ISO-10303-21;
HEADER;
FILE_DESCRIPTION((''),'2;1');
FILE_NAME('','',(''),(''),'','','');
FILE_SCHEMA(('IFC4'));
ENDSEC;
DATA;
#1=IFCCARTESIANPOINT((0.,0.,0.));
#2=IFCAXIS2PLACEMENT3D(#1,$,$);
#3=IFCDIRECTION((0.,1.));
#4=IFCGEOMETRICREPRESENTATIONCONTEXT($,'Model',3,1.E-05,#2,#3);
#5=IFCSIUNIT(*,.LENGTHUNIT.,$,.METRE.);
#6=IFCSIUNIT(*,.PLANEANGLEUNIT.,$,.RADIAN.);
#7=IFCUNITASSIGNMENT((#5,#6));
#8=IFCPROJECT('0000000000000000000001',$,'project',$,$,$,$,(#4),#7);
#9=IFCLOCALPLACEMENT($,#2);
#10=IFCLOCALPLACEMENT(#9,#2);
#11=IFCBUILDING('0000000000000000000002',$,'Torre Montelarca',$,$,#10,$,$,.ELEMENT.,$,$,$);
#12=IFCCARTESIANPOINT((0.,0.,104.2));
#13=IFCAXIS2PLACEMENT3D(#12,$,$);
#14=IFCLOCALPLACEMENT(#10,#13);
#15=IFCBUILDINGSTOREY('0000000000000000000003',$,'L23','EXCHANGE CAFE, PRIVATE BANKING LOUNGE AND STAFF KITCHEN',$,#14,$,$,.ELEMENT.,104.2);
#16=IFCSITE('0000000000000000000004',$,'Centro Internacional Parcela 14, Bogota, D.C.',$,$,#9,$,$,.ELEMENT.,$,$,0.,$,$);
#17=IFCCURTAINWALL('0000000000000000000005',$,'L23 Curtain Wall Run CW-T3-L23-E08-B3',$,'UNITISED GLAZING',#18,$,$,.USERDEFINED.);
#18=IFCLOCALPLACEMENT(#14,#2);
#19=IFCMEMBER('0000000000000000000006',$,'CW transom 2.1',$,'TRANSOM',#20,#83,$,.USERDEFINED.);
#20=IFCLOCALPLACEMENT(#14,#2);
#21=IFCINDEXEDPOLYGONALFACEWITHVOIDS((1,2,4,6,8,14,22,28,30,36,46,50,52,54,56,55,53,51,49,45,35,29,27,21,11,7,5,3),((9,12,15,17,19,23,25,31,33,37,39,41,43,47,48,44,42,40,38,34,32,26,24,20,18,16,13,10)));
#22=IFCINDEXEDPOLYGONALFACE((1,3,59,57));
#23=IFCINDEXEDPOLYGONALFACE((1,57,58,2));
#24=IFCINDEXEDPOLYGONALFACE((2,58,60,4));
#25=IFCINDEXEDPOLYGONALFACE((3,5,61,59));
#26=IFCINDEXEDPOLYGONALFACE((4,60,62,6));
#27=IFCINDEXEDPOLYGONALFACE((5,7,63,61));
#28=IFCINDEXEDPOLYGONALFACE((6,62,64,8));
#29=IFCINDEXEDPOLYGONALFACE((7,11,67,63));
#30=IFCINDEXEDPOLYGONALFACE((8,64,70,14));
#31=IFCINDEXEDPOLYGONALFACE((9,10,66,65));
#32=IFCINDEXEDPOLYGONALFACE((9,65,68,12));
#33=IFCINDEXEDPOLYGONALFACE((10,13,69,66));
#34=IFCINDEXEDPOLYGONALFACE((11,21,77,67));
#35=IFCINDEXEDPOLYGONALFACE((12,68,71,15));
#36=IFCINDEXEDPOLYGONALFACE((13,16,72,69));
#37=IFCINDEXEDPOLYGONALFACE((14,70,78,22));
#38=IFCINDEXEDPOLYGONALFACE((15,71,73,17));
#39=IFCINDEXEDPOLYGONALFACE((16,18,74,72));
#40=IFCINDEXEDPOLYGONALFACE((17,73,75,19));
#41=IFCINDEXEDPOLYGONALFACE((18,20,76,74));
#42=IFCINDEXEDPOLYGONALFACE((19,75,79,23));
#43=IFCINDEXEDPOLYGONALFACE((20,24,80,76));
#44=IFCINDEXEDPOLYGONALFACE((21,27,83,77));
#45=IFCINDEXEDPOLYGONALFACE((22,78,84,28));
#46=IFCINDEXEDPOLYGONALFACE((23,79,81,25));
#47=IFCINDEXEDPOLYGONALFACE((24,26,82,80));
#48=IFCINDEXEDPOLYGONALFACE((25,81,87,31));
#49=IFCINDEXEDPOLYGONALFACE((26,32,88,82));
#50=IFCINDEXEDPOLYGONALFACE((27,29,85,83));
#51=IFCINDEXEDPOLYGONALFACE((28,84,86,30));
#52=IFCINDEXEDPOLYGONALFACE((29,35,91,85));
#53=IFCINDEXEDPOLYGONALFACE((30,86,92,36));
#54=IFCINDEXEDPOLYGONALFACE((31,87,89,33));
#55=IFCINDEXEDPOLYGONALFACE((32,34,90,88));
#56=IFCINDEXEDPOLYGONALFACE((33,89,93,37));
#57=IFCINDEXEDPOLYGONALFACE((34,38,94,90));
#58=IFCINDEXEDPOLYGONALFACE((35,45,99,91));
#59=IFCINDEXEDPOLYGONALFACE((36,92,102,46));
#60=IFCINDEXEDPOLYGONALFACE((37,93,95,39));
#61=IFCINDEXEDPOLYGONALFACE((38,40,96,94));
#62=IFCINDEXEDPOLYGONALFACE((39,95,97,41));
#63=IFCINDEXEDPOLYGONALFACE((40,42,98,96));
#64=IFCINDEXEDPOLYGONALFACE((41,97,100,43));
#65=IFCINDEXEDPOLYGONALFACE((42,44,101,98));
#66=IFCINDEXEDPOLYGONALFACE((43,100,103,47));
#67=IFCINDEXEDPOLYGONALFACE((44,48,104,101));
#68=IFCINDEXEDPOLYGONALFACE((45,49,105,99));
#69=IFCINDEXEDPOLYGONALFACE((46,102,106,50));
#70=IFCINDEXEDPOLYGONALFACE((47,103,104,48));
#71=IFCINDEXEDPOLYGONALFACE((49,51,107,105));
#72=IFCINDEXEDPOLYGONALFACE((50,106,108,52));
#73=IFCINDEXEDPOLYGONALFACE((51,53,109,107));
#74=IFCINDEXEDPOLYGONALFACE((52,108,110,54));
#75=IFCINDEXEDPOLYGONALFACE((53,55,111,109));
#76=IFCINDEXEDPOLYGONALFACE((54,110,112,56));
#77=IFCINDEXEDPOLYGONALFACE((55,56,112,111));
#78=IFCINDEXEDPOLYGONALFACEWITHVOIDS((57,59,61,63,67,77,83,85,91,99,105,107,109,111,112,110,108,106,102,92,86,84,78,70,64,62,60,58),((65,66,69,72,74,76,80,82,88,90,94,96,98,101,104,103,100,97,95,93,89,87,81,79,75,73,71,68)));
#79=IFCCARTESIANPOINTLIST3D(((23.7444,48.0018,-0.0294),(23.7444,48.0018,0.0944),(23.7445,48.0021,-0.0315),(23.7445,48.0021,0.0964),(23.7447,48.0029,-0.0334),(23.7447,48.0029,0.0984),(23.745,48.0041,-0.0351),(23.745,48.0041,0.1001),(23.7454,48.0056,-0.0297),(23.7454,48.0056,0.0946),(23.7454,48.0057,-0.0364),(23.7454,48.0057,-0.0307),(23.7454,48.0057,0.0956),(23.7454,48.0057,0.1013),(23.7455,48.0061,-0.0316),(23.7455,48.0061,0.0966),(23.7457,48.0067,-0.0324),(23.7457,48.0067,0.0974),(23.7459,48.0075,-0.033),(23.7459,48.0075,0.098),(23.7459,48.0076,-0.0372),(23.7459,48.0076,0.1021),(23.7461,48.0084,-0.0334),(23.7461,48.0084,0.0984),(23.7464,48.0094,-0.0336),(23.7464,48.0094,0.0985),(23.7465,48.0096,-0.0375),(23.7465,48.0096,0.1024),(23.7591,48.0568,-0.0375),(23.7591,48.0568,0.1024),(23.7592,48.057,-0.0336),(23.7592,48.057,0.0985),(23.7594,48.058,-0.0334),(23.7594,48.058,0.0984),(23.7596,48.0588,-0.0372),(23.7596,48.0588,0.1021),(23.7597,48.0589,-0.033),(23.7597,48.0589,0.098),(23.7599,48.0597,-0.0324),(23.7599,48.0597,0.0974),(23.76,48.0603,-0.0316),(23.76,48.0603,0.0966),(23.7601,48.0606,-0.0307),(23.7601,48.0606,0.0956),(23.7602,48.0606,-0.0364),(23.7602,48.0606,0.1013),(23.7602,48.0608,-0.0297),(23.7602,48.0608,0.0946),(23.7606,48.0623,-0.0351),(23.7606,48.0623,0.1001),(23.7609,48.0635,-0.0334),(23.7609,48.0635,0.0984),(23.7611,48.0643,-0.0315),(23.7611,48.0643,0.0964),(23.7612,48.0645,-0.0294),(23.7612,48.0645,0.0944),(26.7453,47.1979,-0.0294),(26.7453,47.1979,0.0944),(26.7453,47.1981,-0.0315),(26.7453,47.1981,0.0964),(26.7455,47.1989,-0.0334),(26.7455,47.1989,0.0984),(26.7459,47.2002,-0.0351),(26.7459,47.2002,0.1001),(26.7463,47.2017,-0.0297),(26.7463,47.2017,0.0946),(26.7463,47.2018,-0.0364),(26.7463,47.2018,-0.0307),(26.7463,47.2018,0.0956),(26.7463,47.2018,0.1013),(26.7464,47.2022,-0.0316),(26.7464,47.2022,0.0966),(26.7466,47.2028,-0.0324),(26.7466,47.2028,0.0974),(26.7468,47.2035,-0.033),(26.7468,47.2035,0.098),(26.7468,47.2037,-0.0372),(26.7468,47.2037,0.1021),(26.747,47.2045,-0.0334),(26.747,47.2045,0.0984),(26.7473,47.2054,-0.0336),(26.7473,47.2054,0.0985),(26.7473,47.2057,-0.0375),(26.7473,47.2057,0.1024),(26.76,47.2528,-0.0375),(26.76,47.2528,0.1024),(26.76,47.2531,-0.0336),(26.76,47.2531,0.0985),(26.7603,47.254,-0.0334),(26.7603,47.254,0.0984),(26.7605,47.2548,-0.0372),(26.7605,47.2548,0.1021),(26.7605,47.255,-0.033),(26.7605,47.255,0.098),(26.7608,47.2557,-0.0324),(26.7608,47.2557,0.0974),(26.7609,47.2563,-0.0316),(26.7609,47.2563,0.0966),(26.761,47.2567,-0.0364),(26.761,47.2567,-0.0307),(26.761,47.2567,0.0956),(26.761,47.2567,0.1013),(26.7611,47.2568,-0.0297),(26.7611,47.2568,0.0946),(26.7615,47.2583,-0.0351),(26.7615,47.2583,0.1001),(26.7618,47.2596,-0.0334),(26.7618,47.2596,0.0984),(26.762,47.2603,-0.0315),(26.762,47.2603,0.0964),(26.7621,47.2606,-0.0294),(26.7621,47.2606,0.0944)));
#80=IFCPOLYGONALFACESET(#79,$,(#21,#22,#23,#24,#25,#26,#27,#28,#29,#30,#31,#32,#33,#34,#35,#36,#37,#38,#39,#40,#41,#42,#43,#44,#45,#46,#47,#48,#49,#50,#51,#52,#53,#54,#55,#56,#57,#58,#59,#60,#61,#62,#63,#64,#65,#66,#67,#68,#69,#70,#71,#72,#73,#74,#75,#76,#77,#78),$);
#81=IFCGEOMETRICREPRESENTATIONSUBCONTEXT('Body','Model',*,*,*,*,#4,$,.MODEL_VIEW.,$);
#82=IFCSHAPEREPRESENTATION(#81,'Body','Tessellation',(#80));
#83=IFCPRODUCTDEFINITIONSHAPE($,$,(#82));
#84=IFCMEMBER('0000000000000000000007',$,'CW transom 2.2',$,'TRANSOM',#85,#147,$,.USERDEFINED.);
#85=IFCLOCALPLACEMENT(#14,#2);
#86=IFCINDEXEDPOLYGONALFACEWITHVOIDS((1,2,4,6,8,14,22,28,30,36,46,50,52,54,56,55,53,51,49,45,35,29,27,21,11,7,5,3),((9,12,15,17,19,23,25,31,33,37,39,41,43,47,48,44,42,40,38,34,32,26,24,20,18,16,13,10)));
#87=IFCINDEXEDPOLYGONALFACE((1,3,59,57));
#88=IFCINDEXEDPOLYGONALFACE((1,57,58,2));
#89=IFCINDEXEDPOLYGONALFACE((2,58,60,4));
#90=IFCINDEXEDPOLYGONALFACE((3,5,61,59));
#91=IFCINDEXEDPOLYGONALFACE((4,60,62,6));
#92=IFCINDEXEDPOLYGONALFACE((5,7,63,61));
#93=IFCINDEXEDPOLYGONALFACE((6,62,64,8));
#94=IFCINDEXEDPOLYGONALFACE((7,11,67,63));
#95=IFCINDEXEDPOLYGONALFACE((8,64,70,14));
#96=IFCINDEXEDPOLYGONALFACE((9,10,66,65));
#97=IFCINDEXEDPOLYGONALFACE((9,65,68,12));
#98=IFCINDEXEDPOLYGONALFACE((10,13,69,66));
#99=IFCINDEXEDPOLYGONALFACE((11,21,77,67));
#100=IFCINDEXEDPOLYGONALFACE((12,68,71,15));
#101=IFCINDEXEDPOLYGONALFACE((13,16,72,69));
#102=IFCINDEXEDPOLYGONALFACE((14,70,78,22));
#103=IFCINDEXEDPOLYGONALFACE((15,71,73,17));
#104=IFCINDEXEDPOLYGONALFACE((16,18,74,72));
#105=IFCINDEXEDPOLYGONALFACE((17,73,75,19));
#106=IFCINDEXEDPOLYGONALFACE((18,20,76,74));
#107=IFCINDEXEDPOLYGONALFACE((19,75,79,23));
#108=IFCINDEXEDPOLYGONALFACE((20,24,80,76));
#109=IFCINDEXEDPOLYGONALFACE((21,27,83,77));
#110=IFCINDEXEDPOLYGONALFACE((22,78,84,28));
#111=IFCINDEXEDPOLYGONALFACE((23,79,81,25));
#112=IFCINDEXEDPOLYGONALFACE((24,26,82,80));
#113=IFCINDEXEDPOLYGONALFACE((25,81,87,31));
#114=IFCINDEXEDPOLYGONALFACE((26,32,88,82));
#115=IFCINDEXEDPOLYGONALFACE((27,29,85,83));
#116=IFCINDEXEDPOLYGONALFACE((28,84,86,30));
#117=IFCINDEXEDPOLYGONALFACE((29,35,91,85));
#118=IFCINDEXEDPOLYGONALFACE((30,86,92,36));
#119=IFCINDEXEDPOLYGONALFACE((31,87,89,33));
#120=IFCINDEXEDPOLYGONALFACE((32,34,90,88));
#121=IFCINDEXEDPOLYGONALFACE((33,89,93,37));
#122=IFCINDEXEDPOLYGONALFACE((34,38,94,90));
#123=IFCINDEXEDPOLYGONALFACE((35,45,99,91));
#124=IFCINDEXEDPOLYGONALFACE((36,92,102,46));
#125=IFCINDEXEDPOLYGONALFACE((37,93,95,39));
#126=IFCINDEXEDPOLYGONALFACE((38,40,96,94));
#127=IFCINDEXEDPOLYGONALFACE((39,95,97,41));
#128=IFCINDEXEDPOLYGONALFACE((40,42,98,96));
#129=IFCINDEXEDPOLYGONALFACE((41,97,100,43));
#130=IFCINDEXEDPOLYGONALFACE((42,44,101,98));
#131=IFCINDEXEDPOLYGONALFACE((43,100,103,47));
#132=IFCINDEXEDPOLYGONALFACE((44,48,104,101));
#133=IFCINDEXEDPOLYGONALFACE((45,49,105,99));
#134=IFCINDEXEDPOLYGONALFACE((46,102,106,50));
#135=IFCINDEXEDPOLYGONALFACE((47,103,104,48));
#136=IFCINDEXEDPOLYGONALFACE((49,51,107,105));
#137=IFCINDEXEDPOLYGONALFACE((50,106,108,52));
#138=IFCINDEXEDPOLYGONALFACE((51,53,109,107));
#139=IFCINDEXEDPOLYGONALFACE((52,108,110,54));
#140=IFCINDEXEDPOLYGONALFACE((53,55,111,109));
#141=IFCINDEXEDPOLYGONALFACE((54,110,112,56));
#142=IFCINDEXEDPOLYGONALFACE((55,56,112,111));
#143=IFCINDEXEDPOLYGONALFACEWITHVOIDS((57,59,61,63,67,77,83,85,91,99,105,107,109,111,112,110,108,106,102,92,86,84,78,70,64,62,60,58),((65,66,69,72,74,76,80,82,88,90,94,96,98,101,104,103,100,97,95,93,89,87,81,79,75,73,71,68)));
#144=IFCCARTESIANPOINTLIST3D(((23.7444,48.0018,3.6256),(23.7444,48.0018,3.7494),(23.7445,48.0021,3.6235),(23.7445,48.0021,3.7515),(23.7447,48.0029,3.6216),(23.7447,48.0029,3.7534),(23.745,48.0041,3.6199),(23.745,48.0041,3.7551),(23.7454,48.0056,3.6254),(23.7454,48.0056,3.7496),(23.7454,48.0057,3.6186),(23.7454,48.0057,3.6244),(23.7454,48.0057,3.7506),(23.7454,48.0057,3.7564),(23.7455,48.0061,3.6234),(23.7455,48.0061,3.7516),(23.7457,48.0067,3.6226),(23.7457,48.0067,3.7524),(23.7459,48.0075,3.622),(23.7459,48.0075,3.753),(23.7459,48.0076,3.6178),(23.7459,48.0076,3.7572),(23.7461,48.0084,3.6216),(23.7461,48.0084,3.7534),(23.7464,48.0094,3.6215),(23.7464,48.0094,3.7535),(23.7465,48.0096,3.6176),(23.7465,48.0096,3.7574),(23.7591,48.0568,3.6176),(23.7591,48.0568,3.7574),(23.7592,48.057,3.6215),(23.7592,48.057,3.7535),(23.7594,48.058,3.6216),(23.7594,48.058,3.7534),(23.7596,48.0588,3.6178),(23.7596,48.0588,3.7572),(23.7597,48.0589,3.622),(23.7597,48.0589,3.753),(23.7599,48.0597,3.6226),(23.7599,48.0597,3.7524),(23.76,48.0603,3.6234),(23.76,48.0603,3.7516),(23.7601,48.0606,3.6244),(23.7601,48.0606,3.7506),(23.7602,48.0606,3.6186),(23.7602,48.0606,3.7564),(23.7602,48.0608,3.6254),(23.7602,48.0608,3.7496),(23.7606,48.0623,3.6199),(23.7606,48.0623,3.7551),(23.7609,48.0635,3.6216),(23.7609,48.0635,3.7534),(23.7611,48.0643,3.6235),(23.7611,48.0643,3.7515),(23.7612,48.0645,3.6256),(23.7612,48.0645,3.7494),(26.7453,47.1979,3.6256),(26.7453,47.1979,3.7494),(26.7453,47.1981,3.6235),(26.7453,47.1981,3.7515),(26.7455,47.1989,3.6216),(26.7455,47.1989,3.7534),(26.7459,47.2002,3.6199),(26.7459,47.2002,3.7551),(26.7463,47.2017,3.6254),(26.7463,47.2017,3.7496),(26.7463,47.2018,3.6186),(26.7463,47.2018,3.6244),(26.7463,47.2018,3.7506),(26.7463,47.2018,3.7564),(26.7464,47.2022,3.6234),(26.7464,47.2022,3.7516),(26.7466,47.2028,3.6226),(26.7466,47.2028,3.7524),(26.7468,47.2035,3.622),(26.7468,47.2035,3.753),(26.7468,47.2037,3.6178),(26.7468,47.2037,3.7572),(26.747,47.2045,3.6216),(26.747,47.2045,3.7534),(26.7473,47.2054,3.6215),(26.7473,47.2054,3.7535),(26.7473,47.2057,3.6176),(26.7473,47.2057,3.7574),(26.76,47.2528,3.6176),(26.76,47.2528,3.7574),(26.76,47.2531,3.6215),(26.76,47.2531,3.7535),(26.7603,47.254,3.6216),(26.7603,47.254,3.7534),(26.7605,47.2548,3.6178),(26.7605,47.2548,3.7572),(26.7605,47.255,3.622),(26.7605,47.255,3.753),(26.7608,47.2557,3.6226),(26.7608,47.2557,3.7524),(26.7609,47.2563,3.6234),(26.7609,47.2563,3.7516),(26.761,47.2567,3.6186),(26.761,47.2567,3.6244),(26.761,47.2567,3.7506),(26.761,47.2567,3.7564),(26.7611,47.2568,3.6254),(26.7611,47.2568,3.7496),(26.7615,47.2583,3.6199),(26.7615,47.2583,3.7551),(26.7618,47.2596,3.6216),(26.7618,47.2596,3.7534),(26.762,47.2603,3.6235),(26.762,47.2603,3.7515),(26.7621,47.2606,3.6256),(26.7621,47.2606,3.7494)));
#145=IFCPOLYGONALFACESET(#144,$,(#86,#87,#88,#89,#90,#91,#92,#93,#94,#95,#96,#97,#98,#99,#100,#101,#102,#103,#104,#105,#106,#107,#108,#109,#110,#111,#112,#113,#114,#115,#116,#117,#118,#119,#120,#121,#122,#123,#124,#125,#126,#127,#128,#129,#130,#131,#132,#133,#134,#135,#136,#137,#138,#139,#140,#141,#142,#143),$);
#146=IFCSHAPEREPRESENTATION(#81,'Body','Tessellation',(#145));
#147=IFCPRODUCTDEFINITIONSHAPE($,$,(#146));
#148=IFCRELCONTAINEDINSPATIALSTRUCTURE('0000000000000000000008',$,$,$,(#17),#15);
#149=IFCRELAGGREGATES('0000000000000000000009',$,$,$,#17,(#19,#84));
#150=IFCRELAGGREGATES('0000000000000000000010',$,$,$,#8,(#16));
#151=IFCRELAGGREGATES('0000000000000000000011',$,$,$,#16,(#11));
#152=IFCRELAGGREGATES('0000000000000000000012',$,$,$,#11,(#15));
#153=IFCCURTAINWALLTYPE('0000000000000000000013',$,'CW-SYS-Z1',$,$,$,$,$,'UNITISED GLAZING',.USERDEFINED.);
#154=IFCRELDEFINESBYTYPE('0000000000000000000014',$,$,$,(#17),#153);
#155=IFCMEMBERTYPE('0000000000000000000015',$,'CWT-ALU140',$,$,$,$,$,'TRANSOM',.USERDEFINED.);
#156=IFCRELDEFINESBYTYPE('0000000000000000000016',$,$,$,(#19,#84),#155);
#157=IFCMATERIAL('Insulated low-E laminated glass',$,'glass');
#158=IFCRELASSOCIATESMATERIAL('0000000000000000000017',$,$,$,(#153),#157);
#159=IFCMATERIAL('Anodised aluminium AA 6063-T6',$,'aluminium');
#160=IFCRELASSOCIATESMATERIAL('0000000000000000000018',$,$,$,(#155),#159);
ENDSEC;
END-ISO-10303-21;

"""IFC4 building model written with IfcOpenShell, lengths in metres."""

from ifc_helpers import new_model, si_unit, direction, frame, origin, origin_2d, place, context, subcontext, project, spatial, hollow_rectangle, extrude, source, transform, mapped, material, material_profile, profile_set, type_object, element, aggregate, save


model = new_model("IFC4")

# Units and contexts
model_context = context("Model", 3, precision=1e-05, world=origin(), true_north=direction((0.0, 1.0)))
body_context = subcontext(model_context, "Body", "Model", "MODEL_VIEW")
ifc_project = project(units=[si_unit("LENGTHUNIT", "METRE"), si_unit("PLANEANGLEUNIT", "RADIAN")], contexts=[model_context])

# Site, building, storey
site_placement = place(None, origin())
site = spatial("IfcSite", under=ifc_project, at=site_placement, Name="Centro Internacional Parcela 14, Bogota, D.C.", CompositionType="ELEMENT", RefElevation=0.0)
building_placement = place(site_placement, origin())
building = spatial("IfcBuilding", under=site, at=building_placement, Name="Torre Montelarca", CompositionType="ELEMENT")
storey_placement = place(building_placement, frame((0.0, 0.0, 104.2)))
storey = spatial("IfcBuildingStorey", under=building, at=storey_placement, Name="L23", Description="EXCHANGE CAFE, PRIVATE BANKING LOUNGE AND STAFF KITCHEN", CompositionType="ELEMENT", Elevation=104.2)

# Curtain wall, members
ifc_material_1 = material(Name="Insulated low-E laminated glass", Category="glass")
curtain_wall_type = type_object("IfcCurtainWallType", Name="CW-SYS-Z1", ElementType="UNITISED GLAZING", PredefinedType="USERDEFINED", material=ifc_material_1)
ifc_material_2 = material(Name="Anodised aluminium AA 6063-T6", Category="aluminium")
ifc_material_profile_1 = material_profile(ifc_material_2, hollow_rectangle(XDim=0.0649, YDim=0.1399, WallThickness=0.0039, InnerFilletRadius=0.0039, OuterFilletRadius=0.0081, at=origin_2d()), Name="ALU65X140X4", Category="aluminium")
ifc_profile_set_1 = profile_set([ifc_material_profile_1], Name="Anodised aluminium AA 6063-T6")
member_type_1 = type_object("IfcMemberType", Name="CWT-ALU140", ElementType="TRANSOM", PredefinedType="USERDEFINED", material=ifc_profile_set_1)
curtain_wall_1_placement = place(storey_placement, origin())
curtain_wall_1 = element("IfcCurtainWall", 1, at=curtain_wall_1_placement, inside=storey, type_object=curtain_wall_type, Name="L23 Curtain Wall Run CW-T3-L23-E08-B3", ObjectType="UNITISED GLAZING", PredefinedType="USERDEFINED")
shared_shape_1 = source(origin(), body_context, "Body", "SweptSolid", [
    extrude(hollow_rectangle(XDim=0.0649, YDim=0.1399, WallThickness=0.0039, InnerFilletRadius=0.0039, OuterFilletRadius=0.0081, at=origin_2d()), origin(), (0.0, 0.0, 1.0), 3.1067),
])
member_1_placement = place(storey_placement, frame((26.7537, 47.2292, 0.0325), z_axis=(-0.965938, 0.258773, 0.0), x_axis=(-0.258773, -0.965938, 0.0)))
member_1 = element("IfcMember", 2, at=member_1_placement, type_object=member_type_1, Name="CW transom 2.1", ObjectType="TRANSOM", PredefinedType="USERDEFINED", context=body_context, shape_type="MappedRepresentation", body=[
    mapped(shared_shape_1, transform((0.0, 0.0, 0.0), scale=1.0)),
])
member_2_placement = place(storey_placement, frame((26.7537, 47.2292, 3.6875), z_axis=(-0.965938, 0.258773, 0.0), x_axis=(-0.258773, -0.965938, 0.0)))
member_2 = element("IfcMember", 3, at=member_2_placement, type_object=member_type_1, Name="CW transom 2.2", ObjectType="TRANSOM", PredefinedType="USERDEFINED", context=body_context, shape_type="MappedRepresentation", body=[
    mapped(shared_shape_1, transform((0.0, 0.0, 0.0), scale=1.0)),
])

aggregate(curtain_wall_1, [member_1, member_2])

save(model, "model.ifc")
